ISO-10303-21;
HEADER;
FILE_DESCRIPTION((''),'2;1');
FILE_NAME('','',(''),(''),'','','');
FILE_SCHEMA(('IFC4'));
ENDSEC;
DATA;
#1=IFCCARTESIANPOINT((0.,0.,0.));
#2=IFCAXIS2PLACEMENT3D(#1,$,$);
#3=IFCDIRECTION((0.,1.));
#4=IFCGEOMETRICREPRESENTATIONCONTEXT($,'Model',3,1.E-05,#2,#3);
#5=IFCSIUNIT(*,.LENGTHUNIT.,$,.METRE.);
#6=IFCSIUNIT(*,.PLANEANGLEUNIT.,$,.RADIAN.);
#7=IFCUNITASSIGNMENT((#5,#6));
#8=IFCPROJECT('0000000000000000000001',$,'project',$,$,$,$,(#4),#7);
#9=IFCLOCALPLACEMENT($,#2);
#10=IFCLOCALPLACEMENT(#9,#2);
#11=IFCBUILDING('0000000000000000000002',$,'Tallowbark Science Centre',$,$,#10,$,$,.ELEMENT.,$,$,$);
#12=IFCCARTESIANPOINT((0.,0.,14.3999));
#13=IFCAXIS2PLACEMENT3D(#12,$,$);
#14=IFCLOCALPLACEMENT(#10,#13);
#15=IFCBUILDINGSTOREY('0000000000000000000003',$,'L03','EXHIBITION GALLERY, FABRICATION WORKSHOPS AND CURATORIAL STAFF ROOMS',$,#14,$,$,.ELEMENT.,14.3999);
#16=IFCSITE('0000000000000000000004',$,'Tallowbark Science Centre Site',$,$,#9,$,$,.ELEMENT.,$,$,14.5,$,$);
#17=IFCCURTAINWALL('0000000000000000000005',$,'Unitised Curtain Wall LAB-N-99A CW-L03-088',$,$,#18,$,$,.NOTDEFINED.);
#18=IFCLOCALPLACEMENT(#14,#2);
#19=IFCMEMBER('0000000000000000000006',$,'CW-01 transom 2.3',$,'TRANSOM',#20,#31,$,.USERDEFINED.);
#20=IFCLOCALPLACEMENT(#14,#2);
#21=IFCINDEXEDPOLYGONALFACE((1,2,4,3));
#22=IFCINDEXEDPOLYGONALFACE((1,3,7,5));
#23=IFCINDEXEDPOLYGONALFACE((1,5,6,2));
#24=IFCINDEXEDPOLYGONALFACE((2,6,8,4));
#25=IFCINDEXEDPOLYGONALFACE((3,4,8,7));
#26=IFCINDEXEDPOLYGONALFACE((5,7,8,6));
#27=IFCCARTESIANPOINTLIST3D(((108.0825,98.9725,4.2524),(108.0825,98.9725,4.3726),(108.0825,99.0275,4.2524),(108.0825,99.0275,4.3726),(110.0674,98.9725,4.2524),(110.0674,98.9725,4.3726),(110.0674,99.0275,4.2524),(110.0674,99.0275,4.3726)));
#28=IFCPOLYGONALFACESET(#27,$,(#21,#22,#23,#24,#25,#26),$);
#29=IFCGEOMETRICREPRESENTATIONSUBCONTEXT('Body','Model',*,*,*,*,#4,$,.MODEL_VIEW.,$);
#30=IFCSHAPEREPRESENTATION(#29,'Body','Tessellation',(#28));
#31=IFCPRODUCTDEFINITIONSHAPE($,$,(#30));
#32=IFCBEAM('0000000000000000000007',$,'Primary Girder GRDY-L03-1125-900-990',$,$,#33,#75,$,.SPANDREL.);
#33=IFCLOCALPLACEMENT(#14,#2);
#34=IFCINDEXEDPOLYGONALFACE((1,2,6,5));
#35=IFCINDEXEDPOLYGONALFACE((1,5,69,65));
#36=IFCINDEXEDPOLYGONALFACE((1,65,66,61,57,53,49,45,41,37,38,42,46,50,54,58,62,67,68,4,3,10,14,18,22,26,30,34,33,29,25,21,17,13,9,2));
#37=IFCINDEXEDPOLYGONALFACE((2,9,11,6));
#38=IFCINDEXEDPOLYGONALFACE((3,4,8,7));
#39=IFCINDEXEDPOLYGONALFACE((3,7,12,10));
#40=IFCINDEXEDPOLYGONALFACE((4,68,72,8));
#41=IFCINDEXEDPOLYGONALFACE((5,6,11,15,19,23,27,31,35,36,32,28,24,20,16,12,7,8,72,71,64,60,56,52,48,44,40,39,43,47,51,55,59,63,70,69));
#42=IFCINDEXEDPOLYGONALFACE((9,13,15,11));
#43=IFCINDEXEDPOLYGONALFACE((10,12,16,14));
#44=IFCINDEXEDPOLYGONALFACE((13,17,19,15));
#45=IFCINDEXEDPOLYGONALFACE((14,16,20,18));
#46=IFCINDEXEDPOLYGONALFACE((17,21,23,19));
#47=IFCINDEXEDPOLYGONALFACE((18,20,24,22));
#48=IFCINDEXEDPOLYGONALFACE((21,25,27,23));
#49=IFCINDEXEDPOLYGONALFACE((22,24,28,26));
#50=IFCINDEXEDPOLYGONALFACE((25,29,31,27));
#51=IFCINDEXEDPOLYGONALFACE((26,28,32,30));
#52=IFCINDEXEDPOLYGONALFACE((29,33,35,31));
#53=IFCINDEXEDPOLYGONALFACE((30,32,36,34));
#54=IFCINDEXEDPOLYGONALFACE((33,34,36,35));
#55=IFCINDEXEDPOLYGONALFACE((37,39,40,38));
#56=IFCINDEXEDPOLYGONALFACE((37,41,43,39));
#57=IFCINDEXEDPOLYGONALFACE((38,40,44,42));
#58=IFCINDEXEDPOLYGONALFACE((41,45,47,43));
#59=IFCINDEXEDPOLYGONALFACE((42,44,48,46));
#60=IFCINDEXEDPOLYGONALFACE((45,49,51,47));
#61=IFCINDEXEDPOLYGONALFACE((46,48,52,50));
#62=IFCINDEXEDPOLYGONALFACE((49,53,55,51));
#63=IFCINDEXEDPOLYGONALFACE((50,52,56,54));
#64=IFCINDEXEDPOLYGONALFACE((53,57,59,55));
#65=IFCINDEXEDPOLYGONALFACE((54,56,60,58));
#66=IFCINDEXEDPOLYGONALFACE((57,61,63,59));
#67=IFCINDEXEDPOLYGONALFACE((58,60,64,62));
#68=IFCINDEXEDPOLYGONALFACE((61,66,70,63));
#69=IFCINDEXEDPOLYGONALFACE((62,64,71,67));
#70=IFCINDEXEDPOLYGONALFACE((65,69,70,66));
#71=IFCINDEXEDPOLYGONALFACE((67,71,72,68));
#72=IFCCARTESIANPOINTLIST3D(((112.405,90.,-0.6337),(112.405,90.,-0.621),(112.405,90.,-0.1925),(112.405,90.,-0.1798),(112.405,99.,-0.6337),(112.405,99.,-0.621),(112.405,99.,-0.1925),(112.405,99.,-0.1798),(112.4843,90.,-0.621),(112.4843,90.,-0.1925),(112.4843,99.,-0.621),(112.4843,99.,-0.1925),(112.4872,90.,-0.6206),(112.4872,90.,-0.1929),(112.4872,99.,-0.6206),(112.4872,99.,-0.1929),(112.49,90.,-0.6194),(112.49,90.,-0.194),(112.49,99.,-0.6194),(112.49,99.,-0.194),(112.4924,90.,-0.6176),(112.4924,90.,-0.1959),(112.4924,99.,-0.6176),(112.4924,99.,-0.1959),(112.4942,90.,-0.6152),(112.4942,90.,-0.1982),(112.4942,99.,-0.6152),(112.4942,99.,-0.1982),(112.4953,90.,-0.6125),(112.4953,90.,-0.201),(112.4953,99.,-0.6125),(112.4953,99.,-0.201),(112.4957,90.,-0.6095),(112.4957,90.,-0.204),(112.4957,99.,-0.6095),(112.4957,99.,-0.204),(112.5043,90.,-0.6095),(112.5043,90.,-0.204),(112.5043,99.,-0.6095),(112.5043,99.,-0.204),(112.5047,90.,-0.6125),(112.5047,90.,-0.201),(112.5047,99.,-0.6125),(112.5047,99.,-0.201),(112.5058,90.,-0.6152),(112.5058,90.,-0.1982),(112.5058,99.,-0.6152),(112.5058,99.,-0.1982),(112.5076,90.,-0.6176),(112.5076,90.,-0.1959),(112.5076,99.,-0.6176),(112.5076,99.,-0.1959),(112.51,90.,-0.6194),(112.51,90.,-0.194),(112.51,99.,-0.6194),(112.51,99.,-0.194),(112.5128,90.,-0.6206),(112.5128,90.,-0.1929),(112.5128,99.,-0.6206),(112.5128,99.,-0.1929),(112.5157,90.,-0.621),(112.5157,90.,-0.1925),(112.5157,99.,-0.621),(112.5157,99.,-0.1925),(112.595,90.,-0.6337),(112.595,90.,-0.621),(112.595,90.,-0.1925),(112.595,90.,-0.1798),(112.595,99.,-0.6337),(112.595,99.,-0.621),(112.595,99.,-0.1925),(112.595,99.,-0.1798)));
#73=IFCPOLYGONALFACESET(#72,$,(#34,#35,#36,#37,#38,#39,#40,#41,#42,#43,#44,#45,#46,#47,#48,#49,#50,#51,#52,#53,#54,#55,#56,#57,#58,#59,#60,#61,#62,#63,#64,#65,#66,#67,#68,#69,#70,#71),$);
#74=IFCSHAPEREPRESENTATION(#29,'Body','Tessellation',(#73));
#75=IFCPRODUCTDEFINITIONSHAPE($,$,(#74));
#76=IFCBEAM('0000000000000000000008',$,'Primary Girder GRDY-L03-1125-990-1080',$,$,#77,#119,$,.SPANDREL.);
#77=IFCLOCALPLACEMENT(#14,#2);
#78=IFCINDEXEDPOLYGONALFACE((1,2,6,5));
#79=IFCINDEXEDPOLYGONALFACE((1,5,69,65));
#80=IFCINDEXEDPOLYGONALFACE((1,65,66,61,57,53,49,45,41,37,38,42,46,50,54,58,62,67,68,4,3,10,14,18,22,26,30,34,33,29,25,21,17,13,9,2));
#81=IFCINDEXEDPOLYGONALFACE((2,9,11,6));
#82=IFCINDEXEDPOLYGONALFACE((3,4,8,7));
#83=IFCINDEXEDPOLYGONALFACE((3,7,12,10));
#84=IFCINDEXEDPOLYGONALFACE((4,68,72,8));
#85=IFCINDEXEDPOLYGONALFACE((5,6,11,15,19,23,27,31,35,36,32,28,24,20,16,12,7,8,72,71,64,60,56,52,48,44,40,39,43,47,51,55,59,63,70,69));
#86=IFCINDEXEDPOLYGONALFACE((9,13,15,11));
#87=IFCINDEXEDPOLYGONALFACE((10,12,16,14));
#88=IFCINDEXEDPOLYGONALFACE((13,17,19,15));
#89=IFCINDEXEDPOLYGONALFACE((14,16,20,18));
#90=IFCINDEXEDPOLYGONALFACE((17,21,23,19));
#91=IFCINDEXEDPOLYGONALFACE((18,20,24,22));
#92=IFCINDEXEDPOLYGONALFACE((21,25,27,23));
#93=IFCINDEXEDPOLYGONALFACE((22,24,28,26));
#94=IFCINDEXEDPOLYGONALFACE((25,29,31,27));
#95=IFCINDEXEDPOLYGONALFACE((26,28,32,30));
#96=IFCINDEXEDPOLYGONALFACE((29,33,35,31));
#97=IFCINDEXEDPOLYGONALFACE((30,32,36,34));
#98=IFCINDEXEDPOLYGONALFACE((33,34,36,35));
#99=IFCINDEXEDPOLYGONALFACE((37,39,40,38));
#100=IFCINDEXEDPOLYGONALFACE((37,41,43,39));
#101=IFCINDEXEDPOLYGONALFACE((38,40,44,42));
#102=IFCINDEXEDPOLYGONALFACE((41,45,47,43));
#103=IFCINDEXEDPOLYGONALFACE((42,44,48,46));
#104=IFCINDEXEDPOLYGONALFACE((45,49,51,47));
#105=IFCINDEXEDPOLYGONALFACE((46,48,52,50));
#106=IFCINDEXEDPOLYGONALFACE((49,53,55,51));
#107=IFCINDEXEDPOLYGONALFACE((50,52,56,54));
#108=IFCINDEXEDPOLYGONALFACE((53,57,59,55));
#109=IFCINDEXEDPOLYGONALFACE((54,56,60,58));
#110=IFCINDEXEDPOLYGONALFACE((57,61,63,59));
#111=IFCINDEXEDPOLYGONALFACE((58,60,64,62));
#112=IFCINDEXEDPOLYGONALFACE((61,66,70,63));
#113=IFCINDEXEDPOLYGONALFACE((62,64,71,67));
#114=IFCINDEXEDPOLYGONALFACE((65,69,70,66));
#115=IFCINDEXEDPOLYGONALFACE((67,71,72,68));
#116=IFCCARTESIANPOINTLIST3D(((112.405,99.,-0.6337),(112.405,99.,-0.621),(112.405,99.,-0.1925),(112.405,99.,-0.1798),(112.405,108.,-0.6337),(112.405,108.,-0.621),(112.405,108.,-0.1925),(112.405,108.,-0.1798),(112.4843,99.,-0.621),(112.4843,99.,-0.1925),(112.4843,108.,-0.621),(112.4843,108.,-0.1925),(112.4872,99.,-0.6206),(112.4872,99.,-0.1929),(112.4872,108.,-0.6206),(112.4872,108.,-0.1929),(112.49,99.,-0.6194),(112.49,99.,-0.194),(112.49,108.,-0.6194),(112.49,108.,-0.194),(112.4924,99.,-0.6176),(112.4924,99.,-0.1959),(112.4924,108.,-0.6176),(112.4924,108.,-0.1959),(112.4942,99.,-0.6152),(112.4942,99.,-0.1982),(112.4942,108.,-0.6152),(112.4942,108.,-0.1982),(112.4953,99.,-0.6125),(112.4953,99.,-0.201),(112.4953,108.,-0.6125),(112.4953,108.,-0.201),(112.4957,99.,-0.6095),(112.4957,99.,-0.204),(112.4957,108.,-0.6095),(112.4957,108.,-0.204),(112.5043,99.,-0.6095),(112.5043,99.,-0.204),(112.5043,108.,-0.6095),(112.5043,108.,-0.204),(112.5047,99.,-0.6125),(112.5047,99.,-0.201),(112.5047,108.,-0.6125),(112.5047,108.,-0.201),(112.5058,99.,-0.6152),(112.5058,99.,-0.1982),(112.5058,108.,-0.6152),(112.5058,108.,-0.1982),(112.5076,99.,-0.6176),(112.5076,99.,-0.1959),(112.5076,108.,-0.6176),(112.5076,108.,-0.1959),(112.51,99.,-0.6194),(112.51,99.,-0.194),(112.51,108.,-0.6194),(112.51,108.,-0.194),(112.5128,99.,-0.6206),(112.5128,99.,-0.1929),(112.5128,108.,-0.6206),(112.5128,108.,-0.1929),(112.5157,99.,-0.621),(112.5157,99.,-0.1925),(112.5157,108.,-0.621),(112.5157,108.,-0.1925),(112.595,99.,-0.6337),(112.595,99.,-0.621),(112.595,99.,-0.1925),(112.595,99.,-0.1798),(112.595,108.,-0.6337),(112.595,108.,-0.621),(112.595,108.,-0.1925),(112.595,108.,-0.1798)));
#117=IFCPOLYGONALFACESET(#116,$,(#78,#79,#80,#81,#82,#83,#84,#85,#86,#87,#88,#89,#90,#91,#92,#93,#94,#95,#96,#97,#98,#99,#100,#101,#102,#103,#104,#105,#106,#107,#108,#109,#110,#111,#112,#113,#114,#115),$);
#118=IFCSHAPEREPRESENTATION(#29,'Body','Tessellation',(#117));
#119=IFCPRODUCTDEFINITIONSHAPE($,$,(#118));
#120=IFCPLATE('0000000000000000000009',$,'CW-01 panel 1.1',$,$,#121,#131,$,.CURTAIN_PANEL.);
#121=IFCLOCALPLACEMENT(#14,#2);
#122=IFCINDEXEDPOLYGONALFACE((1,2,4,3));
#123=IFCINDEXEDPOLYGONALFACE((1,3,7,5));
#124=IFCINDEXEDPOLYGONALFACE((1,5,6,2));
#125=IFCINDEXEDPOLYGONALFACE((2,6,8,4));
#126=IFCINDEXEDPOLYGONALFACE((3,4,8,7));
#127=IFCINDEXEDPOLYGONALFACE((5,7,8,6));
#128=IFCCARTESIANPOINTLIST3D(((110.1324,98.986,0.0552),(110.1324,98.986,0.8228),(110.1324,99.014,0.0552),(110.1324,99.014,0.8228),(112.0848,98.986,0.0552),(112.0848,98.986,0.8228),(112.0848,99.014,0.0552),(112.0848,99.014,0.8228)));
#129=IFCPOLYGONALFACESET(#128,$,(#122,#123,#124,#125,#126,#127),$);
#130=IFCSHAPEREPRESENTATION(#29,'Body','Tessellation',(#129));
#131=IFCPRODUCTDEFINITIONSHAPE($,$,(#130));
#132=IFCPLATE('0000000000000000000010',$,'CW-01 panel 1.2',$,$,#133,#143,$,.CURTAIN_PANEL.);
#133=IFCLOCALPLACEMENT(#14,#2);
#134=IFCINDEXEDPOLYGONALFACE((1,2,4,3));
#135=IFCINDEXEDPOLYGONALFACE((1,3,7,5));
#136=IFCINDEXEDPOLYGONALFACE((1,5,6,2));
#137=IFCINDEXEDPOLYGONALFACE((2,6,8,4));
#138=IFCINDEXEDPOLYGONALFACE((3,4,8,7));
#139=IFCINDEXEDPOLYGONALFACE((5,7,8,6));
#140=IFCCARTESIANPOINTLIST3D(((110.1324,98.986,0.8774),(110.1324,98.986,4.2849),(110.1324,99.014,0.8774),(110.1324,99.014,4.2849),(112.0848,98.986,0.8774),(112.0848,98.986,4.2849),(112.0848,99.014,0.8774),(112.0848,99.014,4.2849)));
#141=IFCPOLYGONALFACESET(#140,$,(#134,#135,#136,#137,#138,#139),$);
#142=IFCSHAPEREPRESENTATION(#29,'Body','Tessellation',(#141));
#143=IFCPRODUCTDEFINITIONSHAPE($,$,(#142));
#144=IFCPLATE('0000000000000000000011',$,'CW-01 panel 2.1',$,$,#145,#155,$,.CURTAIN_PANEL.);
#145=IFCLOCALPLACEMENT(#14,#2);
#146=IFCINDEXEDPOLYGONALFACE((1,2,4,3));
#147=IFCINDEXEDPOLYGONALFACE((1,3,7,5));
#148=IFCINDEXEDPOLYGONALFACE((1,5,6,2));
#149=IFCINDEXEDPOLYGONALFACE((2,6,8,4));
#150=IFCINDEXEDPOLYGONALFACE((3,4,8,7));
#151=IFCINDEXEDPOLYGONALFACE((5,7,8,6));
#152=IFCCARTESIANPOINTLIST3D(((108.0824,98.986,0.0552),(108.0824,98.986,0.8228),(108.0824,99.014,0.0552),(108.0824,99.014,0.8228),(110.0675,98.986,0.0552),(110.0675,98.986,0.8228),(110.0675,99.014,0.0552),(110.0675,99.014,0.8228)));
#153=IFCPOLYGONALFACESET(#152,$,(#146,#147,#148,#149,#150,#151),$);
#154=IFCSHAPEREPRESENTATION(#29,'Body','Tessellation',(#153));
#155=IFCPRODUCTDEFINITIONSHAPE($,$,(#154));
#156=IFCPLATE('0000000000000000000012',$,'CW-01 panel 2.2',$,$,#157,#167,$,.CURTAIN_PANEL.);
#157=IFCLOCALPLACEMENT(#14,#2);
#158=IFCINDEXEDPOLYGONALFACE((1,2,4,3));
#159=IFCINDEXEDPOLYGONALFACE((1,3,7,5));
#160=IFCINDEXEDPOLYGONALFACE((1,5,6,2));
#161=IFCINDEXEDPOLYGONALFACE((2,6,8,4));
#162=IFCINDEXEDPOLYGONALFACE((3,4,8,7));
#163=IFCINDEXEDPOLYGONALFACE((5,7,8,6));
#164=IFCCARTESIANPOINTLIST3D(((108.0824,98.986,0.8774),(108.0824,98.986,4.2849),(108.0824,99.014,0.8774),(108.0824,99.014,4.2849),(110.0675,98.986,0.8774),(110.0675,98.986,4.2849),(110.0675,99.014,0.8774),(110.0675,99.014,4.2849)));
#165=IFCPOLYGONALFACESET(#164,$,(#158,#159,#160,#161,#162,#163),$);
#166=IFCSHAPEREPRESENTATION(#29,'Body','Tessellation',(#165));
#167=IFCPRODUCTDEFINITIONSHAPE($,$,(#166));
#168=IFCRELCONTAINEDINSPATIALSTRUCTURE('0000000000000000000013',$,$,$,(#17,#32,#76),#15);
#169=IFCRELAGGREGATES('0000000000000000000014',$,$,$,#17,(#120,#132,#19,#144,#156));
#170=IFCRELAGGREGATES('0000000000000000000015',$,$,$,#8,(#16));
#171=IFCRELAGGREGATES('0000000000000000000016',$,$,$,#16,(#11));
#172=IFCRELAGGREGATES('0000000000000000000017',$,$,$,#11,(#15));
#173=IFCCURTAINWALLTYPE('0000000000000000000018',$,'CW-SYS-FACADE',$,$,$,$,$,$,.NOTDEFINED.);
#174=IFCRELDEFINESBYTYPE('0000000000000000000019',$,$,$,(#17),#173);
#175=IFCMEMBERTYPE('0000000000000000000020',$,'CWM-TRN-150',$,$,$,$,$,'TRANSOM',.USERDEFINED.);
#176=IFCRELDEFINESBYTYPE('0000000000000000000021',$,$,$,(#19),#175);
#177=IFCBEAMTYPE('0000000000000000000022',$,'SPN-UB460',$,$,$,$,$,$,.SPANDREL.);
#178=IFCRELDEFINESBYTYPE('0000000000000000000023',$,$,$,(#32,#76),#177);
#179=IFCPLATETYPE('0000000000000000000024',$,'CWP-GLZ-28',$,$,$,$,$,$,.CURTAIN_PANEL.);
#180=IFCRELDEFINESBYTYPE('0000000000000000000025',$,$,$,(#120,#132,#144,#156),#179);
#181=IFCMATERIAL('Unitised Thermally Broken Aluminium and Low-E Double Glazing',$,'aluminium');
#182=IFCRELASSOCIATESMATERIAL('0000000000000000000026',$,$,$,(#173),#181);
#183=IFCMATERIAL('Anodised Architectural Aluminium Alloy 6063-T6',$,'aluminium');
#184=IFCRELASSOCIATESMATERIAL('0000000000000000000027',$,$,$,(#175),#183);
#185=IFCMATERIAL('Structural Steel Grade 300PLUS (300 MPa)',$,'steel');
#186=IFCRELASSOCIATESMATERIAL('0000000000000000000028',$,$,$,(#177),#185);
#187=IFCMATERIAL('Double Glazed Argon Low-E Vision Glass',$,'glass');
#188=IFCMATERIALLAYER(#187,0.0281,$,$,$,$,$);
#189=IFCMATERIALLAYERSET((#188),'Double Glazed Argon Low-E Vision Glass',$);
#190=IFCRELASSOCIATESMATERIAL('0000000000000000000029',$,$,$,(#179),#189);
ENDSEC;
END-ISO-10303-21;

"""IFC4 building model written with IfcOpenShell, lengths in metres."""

from ifc_helpers import new_model, si_unit, direction, frame, origin, origin_2d, place, context, subcontext, project, spatial, rectangle, i_section, extrude, material, layer, layer_set, material_profile, profile_set, type_object, element, aggregate, save


model = new_model("IFC4")

# Units and contexts
model_context = context("Model", 3, precision=1e-05, world=origin(), true_north=direction((0.0, 1.0)))
body_context = subcontext(model_context, "Body", "Model", "MODEL_VIEW")
ifc_project = project(units=[si_unit("LENGTHUNIT", "METRE"), si_unit("PLANEANGLEUNIT", "RADIAN")], contexts=[model_context])

# Site, building, storey
site_placement = place(None, origin())
site = spatial("IfcSite", under=ifc_project, at=site_placement, Name="Tallowbark Science Centre Site", CompositionType="ELEMENT", RefElevation=14.5)
building_placement = place(site_placement, origin())
building = spatial("IfcBuilding", under=site, at=building_placement, Name="Tallowbark Science Centre", CompositionType="ELEMENT")
storey_placement = place(building_placement, frame((0.0, 0.0, 14.3999)))
storey = spatial("IfcBuildingStorey", under=building, at=storey_placement, Name="L03", Description="EXHIBITION GALLERY, FABRICATION WORKSHOPS AND CURATORIAL STAFF ROOMS", CompositionType="ELEMENT", Elevation=14.3999)

# Shared definitions
ifc_material_1 = material(Name="Structural Steel Grade 300PLUS (300 MPa)", Category="steel")

# Curtain wall, member
ifc_material_2 = material(Name="Unitised Thermally Broken Aluminium and Low-E Double Glazing", Category="aluminium")
curtain_wall_type = type_object("IfcCurtainWallType", Name="CW-SYS-FACADE", PredefinedType="NOTDEFINED", material=ifc_material_2)
curtain_wall_placement = place(storey_placement, origin())
curtain_wall = element("IfcCurtainWall", 1, at=curtain_wall_placement, inside=storey, type_object=curtain_wall_type, Name="Unitised Curtain Wall LAB-N-99A CW-L03-088", PredefinedType="NOTDEFINED")
ifc_material_3 = material(Name="Anodised Architectural Aluminium Alloy 6063-T6", Category="aluminium")
ifc_material_profile_1 = material_profile(ifc_material_3, rectangle(XDim=0.0549, YDim=0.1201, at=origin_2d()), Name="ALU55x120")
ifc_profile_set_1 = profile_set([ifc_material_profile_1], Name="Anodised Architectural Aluminium Alloy 6063-T6")
member_type_1 = type_object("IfcMemberType", Name="CWM-TRN-150", ElementType="TRANSOM", PredefinedType="USERDEFINED", material=ifc_profile_set_1)
member_1_placement = place(storey_placement, frame((110.0674, 99.0, 4.3125), z_axis=(-1.0, 0.0, 0.0), x_axis=(0.0, -1.0, 0.0)))
member_1 = element("IfcMember", 2, at=member_1_placement, type_object=member_type_1, Name="CW-01 transom 2.3", ObjectType="TRANSOM", PredefinedType="USERDEFINED", context=body_context, shape_type="SweptSolid", body=[
    extrude(rectangle(XDim=0.0549, YDim=0.1201, at=origin_2d()), origin(), (0.0, 0.0, 1.0), 1.9849),
])

# Beams
ifc_material_profile_2 = material_profile(ifc_material_1, i_section(OverallWidth=0.1899, OverallDepth=0.4539, WebThickness=0.0085, FlangeThickness=0.0127, FilletRadius=0.0115, at=origin_2d()), Name="460UB67.1")
ifc_profile_set_2 = profile_set([ifc_material_profile_2], Name="Structural Steel Grade 300PLUS (300 MPa)")
beam_type_1 = type_object("IfcBeamType", Name="SPN-UB460", PredefinedType="SPANDREL", material=ifc_profile_set_2)
for number, where, z_axis, x_axis, name in (
    (3, (112.5, 90.0, -0.4067), (0.0, 1.0, 0.0), (-1.0, 0.0, 0.0), "Primary Girder GRDY-L03-1125-900-990"),
    (4, (112.5, 99.0, -0.4067), (0.0, 1.0, 0.0), (-1.0, 0.0, 0.0), "Primary Girder GRDY-L03-1125-990-1080"),
):
    element("IfcBeam", number, at=place(storey_placement, frame(where, z_axis=z_axis, x_axis=x_axis)), inside=storey, type_object=beam_type_1, Name=name, PredefinedType="SPANDREL", context=body_context, shape_type="SweptSolid", body=[
        extrude(i_section(OverallWidth=0.1899, OverallDepth=0.4539, WebThickness=0.0085, FlangeThickness=0.0127, FilletRadius=0.0115, at=origin_2d()), origin(), (0.0, 0.0, 1.0), 9.0),
    ])

# Plates
ifc_material_4 = material(Name="Double Glazed Argon Low-E Vision Glass", Category="glass")
ifc_layer_1 = layer(ifc_material_4, 0.0281)
ifc_layer_set_1 = layer_set([ifc_layer_1], Name="Double Glazed Argon Low-E Vision Glass")
plate_type = type_object("IfcPlateType", Name="CWP-GLZ-28", PredefinedType="CURTAIN_PANEL", material=ifc_layer_set_1)
plate_1_placement = place(storey_placement, frame((111.1086, 99.0, 0.0552), z_axis=(0.0, 0.0, 1.0), x_axis=(-1.0, 0.0, 0.0)))
plate_1 = element("IfcPlate", 5, at=plate_1_placement, type_object=plate_type, Name="CW-01 panel 1.1", PredefinedType="CURTAIN_PANEL", context=body_context, shape_type="SweptSolid", body=[
    extrude(rectangle(XDim=1.9524, YDim=0.0281, at=origin_2d()), origin(), (0.0, 0.0, 1.0), 0.7676),
])
plate_2_placement = place(storey_placement, frame((111.1086, 99.0, 0.8774), z_axis=(0.0, 0.0, 1.0), x_axis=(-1.0, 0.0, 0.0)))
plate_2 = element("IfcPlate", 6, at=plate_2_placement, type_object=plate_type, Name="CW-01 panel 1.2", PredefinedType="CURTAIN_PANEL", context=body_context, shape_type="SweptSolid", body=[
    extrude(rectangle(XDim=1.9524, YDim=0.0281, at=origin_2d()), origin(), (0.0, 0.0, 1.0), 3.4075),
])
plate_3_placement = place(storey_placement, frame((109.075, 99.0, 0.0552), z_axis=(0.0, 0.0, 1.0), x_axis=(-1.0, 0.0, 0.0)))
plate_3 = element("IfcPlate", 7, at=plate_3_placement, type_object=plate_type, Name="CW-01 panel 2.1", PredefinedType="CURTAIN_PANEL", context=body_context, shape_type="SweptSolid", body=[
    extrude(rectangle(XDim=1.9851, YDim=0.0281, at=origin_2d()), origin(), (0.0, 0.0, 1.0), 0.7676),
])
plate_4_placement = place(storey_placement, frame((109.075, 99.0, 0.8774), z_axis=(0.0, 0.0, 1.0), x_axis=(-1.0, 0.0, 0.0)))
plate_4 = element("IfcPlate", 8, at=plate_4_placement, type_object=plate_type, Name="CW-01 panel 2.2", PredefinedType="CURTAIN_PANEL", context=body_context, shape_type="SweptSolid", body=[
    extrude(rectangle(XDim=1.9851, YDim=0.0281, at=origin_2d()), origin(), (0.0, 0.0, 1.0), 3.4075),
])
aggregate(curtain_wall, [plate_1, plate_2, member_1, plate_3, plate_4])

save(model, "model.ifc")
